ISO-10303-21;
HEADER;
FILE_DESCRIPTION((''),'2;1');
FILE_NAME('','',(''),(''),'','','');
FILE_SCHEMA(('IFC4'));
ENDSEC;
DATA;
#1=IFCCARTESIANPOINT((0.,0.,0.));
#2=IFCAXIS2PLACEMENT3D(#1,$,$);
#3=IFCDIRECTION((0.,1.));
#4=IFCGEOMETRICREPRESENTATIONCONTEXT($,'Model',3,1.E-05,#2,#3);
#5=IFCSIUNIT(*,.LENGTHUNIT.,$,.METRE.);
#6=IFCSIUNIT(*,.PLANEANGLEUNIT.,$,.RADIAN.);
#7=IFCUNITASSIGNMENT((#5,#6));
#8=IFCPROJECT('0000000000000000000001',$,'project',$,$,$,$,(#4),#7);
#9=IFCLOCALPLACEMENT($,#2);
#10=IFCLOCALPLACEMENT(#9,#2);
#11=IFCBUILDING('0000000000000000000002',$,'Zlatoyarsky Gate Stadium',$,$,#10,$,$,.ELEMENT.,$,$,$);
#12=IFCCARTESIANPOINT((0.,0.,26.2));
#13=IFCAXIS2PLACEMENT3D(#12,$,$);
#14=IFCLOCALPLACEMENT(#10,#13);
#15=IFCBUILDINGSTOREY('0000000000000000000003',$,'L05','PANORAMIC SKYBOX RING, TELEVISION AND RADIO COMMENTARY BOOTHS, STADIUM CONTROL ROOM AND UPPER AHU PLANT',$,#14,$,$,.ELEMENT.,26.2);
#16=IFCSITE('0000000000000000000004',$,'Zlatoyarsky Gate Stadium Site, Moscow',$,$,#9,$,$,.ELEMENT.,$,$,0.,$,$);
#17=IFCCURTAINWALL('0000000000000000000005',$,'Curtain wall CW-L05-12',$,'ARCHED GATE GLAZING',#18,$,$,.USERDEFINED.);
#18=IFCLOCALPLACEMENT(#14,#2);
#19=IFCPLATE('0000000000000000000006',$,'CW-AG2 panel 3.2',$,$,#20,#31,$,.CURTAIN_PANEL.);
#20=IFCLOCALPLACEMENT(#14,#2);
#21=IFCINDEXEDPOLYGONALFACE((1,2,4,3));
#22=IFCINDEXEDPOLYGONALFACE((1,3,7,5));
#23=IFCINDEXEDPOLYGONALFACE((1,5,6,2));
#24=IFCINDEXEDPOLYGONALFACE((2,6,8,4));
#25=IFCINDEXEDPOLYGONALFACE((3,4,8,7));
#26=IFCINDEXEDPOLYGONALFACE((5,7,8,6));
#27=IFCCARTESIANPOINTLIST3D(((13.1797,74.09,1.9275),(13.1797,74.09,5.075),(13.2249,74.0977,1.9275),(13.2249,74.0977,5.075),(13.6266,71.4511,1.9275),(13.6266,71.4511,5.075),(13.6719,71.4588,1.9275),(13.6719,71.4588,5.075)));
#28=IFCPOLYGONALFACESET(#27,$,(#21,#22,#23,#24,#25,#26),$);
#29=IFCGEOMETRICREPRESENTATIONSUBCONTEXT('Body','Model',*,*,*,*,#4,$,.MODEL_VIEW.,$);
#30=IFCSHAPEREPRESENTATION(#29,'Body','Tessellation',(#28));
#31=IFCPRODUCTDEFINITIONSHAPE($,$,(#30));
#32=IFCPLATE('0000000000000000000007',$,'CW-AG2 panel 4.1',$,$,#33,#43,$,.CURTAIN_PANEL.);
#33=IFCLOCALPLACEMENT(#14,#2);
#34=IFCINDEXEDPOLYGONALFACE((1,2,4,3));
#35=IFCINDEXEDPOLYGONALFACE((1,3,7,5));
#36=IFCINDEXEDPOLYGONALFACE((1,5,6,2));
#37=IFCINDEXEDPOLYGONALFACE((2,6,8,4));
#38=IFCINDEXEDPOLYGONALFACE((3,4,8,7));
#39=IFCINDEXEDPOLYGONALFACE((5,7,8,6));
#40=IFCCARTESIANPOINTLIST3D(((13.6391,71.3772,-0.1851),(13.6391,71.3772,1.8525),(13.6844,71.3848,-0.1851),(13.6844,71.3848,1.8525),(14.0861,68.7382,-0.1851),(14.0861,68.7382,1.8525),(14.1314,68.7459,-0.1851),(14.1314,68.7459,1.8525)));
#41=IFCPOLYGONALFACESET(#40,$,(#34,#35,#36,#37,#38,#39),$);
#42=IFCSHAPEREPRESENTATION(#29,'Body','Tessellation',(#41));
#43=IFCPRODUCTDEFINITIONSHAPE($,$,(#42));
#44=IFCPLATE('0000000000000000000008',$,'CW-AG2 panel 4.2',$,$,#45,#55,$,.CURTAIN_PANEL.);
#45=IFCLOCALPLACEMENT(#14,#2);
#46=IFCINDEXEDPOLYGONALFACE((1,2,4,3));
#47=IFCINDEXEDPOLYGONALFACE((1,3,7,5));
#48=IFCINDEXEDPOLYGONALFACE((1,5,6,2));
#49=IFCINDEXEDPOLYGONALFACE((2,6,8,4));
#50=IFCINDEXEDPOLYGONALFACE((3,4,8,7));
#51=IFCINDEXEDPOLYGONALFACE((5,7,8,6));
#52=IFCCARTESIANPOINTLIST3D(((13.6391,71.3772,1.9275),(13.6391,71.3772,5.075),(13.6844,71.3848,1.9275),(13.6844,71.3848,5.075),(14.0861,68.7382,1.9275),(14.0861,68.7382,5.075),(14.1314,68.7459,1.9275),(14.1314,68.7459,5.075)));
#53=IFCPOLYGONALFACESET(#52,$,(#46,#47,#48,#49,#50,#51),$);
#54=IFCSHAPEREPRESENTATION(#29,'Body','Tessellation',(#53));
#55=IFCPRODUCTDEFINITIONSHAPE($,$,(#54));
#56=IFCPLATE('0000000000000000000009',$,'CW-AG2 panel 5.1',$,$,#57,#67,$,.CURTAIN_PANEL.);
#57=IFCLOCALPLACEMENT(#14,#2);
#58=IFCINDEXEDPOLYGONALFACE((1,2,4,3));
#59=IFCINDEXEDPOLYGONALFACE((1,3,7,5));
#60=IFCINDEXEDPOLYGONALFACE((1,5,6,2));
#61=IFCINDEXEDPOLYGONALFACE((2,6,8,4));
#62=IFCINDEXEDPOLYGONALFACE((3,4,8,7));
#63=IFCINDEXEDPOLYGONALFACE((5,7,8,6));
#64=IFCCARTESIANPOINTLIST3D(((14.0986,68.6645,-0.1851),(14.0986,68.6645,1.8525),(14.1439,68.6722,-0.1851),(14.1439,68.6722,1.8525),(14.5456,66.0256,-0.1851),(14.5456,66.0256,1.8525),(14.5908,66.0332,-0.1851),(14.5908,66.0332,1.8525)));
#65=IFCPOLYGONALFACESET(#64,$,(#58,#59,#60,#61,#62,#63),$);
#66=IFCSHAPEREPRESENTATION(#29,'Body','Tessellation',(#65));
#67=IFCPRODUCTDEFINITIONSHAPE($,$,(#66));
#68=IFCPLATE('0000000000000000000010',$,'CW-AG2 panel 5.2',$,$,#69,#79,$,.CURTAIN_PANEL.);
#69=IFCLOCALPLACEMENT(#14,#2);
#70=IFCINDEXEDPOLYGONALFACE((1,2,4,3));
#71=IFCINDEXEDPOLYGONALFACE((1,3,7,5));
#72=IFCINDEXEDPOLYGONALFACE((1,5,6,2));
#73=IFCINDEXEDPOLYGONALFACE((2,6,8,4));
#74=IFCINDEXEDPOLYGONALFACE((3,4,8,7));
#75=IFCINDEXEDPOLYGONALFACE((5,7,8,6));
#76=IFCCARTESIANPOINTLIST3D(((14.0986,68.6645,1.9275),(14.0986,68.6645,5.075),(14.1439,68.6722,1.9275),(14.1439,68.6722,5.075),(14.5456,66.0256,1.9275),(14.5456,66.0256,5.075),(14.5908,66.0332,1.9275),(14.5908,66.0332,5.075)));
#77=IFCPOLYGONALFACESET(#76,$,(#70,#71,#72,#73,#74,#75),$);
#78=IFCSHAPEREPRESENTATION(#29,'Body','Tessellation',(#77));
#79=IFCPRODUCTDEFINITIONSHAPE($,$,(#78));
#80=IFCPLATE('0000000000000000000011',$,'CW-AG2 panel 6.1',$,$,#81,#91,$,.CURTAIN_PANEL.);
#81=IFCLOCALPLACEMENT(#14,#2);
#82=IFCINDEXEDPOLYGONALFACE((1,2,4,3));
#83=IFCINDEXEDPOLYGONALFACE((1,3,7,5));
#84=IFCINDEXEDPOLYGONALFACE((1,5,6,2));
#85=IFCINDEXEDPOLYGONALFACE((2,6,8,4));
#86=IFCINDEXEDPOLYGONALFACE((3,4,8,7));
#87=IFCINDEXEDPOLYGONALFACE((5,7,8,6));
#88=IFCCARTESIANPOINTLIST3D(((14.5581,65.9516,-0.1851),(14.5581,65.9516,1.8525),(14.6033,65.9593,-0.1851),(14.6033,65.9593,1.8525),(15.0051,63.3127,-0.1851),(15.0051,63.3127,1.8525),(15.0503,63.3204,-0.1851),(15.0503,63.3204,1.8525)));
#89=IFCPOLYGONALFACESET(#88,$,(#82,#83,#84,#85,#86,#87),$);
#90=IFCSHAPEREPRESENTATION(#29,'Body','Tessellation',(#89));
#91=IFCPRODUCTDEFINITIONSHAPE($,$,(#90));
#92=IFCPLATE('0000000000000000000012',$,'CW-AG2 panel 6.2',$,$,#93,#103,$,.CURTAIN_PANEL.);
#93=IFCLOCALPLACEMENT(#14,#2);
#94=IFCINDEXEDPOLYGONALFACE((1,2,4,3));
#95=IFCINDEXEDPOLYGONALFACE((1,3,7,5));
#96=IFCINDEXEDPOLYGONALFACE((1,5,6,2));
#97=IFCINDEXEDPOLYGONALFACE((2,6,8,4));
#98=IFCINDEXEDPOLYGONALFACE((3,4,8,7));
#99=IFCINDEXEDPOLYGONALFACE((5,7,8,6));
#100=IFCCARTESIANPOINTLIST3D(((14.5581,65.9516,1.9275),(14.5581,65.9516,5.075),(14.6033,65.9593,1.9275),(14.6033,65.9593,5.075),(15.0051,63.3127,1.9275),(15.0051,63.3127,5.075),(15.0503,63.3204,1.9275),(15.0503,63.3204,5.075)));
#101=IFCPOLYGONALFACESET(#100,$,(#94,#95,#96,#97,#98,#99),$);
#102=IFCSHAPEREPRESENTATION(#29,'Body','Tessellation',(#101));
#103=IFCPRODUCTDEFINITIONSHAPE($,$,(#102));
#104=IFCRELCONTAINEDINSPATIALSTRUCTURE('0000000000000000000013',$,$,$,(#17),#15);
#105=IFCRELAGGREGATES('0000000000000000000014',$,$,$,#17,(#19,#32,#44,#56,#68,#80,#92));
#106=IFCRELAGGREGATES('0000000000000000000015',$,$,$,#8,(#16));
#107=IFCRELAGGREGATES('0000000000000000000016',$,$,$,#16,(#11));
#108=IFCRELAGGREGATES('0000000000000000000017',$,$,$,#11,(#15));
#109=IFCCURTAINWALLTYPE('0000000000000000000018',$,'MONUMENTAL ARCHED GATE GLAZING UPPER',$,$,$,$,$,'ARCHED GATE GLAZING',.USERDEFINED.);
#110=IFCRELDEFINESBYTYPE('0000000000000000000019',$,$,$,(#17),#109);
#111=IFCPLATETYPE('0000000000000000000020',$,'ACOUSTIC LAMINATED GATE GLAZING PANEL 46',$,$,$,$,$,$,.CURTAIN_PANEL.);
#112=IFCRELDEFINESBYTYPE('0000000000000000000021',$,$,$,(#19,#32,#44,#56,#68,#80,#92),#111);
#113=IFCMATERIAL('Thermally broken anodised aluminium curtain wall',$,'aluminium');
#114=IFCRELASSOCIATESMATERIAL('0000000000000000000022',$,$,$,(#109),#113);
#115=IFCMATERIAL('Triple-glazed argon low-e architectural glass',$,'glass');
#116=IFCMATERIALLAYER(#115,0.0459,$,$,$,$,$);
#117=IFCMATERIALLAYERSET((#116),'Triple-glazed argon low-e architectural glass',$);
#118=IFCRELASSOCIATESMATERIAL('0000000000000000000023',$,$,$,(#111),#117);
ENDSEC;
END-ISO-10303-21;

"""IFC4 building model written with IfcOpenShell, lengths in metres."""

from ifc_helpers import new_model, si_unit, direction, frame, origin, origin_2d, place, context, subcontext, project, spatial, rectangle, extrude, material, layer, layer_set, type_object, element, aggregate, save


model = new_model("IFC4")

# Units and contexts
model_context = context("Model", 3, precision=1e-05, world=origin(), true_north=direction((0.0, 1.0)))
body_context = subcontext(model_context, "Body", "Model", "MODEL_VIEW")
ifc_project = project(units=[si_unit("LENGTHUNIT", "METRE"), si_unit("PLANEANGLEUNIT", "RADIAN")], contexts=[model_context])

# Site, building, storey
site_placement = place(None, origin())
site = spatial("IfcSite", under=ifc_project, at=site_placement, Name="Zlatoyarsky Gate Stadium Site, Moscow", CompositionType="ELEMENT", RefElevation=0.0)
building_placement = place(site_placement, origin())
building = spatial("IfcBuilding", under=site, at=building_placement, Name="Zlatoyarsky Gate Stadium", CompositionType="ELEMENT")
storey_placement = place(building_placement, frame((0.0, 0.0, 26.2)))
storey = spatial("IfcBuildingStorey", under=building, at=storey_placement, Name="L05", Description="PANORAMIC SKYBOX RING, TELEVISION AND RADIO COMMENTARY BOOTHS, STADIUM CONTROL ROOM AND UPPER AHU PLANT", CompositionType="ELEMENT", Elevation=26.2)

# Curtain wall
ifc_material_1 = material(Name="Thermally broken anodised aluminium curtain wall", Category="aluminium")
curtain_wall_type = type_object("IfcCurtainWallType", Name="MONUMENTAL ARCHED GATE GLAZING UPPER", ElementType="ARCHED GATE GLAZING", PredefinedType="USERDEFINED", material=ifc_material_1)
curtain_wall_placement = place(storey_placement, origin())
curtain_wall = element("IfcCurtainWall", 1, at=curtain_wall_placement, inside=storey, type_object=curtain_wall_type, Name="Curtain wall CW-L05-12", ObjectType="ARCHED GATE GLAZING", PredefinedType="USERDEFINED")

# Plates
ifc_material_2 = material(Name="Triple-glazed argon low-e architectural glass", Category="glass")
ifc_layer = layer(ifc_material_2, 0.0459)
ifc_layer_set = layer_set([ifc_layer], Name="Triple-glazed argon low-e architectural glass")
plate_type = type_object("IfcPlateType", Name="ACOUSTIC LAMINATED GATE GLAZING PANEL 46", PredefinedType="CURTAIN_PANEL", material=ifc_layer_set)
plate_1_placement = place(storey_placement, frame((13.4258, 72.7744, 1.9275), z_axis=(0.0, 0.0, 1.0), x_axis=(0.166995, -0.985958, 0.0)))
plate_1 = element("IfcPlate", 2, at=plate_1_placement, type_object=plate_type, Name="CW-AG2 panel 3.2", PredefinedType="CURTAIN_PANEL", context=body_context, shape_type="SweptSolid", body=[
    extrude(rectangle(XDim=2.6765, YDim=0.0459, at=origin_2d()), origin(), (0.0, 0.0, 1.0), 3.1475),
])
plate_2_placement = place(storey_placement, frame((13.8853, 70.0615, -0.1851), z_axis=(0.0, 0.0, 1.0), x_axis=(0.166995, -0.985958, 0.0)))
plate_2 = element("IfcPlate", 3, at=plate_2_placement, type_object=plate_type, Name="CW-AG2 panel 4.1", PredefinedType="CURTAIN_PANEL", context=body_context, shape_type="SweptSolid", body=[
    extrude(rectangle(XDim=2.6765, YDim=0.0459, at=origin_2d()), origin(), (0.0, 0.0, 1.0), 2.0376),
])
plate_3_placement = place(storey_placement, frame((13.8853, 70.0615, 1.9275), z_axis=(0.0, 0.0, 1.0), x_axis=(0.166995, -0.985958, 0.0)))
plate_3 = element("IfcPlate", 4, at=plate_3_placement, type_object=plate_type, Name="CW-AG2 panel 4.2", PredefinedType="CURTAIN_PANEL", context=body_context, shape_type="SweptSolid", body=[
    extrude(rectangle(XDim=2.6765, YDim=0.0459, at=origin_2d()), origin(), (0.0, 0.0, 1.0), 3.1475),
])
plate_4_placement = place(storey_placement, frame((14.3447, 67.3489, -0.1851), z_axis=(0.0, 0.0, 1.0), x_axis=(0.166995, -0.985958, 0.0)))
plate_4 = element("IfcPlate", 5, at=plate_4_placement, type_object=plate_type, Name="CW-AG2 panel 5.1", PredefinedType="CURTAIN_PANEL", context=body_context, shape_type="SweptSolid", body=[
    extrude(rectangle(XDim=2.6765, YDim=0.0459, at=origin_2d()), origin(), (0.0, 0.0, 1.0), 2.0376),
])
plate_5_placement = place(storey_placement, frame((14.3447, 67.3489, 1.9275), z_axis=(0.0, 0.0, 1.0), x_axis=(0.166995, -0.985958, 0.0)))
plate_5 = element("IfcPlate", 6, at=plate_5_placement, type_object=plate_type, Name="CW-AG2 panel 5.2", PredefinedType="CURTAIN_PANEL", context=body_context, shape_type="SweptSolid", body=[
    extrude(rectangle(XDim=2.6765, YDim=0.0459, at=origin_2d()), origin(), (0.0, 0.0, 1.0), 3.1475),
])
plate_6_placement = place(storey_placement, frame((14.8042, 64.636, -0.1851), z_axis=(0.0, 0.0, 1.0), x_axis=(0.166995, -0.985958, 0.0)))
plate_6 = element("IfcPlate", 7, at=plate_6_placement, type_object=plate_type, Name="CW-AG2 panel 6.1", PredefinedType="CURTAIN_PANEL", context=body_context, shape_type="SweptSolid", body=[
    extrude(rectangle(XDim=2.6765, YDim=0.0459, at=origin_2d()), origin(), (0.0, 0.0, 1.0), 2.0376),
])
plate_7_placement = place(storey_placement, frame((14.8042, 64.636, 1.9275), z_axis=(0.0, 0.0, 1.0), x_axis=(0.166995, -0.985958, 0.0)))
plate_7 = element("IfcPlate", 8, at=plate_7_placement, type_object=plate_type, Name="CW-AG2 panel 6.2", PredefinedType="CURTAIN_PANEL", context=body_context, shape_type="SweptSolid", body=[
    extrude(rectangle(XDim=2.6765, YDim=0.0459, at=origin_2d()), origin(), (0.0, 0.0, 1.0), 3.1475),
])
aggregate(curtain_wall, [plate_1, plate_2, plate_3, plate_4, plate_5, plate_6, plate_7])

save(model, "model.ifc")
